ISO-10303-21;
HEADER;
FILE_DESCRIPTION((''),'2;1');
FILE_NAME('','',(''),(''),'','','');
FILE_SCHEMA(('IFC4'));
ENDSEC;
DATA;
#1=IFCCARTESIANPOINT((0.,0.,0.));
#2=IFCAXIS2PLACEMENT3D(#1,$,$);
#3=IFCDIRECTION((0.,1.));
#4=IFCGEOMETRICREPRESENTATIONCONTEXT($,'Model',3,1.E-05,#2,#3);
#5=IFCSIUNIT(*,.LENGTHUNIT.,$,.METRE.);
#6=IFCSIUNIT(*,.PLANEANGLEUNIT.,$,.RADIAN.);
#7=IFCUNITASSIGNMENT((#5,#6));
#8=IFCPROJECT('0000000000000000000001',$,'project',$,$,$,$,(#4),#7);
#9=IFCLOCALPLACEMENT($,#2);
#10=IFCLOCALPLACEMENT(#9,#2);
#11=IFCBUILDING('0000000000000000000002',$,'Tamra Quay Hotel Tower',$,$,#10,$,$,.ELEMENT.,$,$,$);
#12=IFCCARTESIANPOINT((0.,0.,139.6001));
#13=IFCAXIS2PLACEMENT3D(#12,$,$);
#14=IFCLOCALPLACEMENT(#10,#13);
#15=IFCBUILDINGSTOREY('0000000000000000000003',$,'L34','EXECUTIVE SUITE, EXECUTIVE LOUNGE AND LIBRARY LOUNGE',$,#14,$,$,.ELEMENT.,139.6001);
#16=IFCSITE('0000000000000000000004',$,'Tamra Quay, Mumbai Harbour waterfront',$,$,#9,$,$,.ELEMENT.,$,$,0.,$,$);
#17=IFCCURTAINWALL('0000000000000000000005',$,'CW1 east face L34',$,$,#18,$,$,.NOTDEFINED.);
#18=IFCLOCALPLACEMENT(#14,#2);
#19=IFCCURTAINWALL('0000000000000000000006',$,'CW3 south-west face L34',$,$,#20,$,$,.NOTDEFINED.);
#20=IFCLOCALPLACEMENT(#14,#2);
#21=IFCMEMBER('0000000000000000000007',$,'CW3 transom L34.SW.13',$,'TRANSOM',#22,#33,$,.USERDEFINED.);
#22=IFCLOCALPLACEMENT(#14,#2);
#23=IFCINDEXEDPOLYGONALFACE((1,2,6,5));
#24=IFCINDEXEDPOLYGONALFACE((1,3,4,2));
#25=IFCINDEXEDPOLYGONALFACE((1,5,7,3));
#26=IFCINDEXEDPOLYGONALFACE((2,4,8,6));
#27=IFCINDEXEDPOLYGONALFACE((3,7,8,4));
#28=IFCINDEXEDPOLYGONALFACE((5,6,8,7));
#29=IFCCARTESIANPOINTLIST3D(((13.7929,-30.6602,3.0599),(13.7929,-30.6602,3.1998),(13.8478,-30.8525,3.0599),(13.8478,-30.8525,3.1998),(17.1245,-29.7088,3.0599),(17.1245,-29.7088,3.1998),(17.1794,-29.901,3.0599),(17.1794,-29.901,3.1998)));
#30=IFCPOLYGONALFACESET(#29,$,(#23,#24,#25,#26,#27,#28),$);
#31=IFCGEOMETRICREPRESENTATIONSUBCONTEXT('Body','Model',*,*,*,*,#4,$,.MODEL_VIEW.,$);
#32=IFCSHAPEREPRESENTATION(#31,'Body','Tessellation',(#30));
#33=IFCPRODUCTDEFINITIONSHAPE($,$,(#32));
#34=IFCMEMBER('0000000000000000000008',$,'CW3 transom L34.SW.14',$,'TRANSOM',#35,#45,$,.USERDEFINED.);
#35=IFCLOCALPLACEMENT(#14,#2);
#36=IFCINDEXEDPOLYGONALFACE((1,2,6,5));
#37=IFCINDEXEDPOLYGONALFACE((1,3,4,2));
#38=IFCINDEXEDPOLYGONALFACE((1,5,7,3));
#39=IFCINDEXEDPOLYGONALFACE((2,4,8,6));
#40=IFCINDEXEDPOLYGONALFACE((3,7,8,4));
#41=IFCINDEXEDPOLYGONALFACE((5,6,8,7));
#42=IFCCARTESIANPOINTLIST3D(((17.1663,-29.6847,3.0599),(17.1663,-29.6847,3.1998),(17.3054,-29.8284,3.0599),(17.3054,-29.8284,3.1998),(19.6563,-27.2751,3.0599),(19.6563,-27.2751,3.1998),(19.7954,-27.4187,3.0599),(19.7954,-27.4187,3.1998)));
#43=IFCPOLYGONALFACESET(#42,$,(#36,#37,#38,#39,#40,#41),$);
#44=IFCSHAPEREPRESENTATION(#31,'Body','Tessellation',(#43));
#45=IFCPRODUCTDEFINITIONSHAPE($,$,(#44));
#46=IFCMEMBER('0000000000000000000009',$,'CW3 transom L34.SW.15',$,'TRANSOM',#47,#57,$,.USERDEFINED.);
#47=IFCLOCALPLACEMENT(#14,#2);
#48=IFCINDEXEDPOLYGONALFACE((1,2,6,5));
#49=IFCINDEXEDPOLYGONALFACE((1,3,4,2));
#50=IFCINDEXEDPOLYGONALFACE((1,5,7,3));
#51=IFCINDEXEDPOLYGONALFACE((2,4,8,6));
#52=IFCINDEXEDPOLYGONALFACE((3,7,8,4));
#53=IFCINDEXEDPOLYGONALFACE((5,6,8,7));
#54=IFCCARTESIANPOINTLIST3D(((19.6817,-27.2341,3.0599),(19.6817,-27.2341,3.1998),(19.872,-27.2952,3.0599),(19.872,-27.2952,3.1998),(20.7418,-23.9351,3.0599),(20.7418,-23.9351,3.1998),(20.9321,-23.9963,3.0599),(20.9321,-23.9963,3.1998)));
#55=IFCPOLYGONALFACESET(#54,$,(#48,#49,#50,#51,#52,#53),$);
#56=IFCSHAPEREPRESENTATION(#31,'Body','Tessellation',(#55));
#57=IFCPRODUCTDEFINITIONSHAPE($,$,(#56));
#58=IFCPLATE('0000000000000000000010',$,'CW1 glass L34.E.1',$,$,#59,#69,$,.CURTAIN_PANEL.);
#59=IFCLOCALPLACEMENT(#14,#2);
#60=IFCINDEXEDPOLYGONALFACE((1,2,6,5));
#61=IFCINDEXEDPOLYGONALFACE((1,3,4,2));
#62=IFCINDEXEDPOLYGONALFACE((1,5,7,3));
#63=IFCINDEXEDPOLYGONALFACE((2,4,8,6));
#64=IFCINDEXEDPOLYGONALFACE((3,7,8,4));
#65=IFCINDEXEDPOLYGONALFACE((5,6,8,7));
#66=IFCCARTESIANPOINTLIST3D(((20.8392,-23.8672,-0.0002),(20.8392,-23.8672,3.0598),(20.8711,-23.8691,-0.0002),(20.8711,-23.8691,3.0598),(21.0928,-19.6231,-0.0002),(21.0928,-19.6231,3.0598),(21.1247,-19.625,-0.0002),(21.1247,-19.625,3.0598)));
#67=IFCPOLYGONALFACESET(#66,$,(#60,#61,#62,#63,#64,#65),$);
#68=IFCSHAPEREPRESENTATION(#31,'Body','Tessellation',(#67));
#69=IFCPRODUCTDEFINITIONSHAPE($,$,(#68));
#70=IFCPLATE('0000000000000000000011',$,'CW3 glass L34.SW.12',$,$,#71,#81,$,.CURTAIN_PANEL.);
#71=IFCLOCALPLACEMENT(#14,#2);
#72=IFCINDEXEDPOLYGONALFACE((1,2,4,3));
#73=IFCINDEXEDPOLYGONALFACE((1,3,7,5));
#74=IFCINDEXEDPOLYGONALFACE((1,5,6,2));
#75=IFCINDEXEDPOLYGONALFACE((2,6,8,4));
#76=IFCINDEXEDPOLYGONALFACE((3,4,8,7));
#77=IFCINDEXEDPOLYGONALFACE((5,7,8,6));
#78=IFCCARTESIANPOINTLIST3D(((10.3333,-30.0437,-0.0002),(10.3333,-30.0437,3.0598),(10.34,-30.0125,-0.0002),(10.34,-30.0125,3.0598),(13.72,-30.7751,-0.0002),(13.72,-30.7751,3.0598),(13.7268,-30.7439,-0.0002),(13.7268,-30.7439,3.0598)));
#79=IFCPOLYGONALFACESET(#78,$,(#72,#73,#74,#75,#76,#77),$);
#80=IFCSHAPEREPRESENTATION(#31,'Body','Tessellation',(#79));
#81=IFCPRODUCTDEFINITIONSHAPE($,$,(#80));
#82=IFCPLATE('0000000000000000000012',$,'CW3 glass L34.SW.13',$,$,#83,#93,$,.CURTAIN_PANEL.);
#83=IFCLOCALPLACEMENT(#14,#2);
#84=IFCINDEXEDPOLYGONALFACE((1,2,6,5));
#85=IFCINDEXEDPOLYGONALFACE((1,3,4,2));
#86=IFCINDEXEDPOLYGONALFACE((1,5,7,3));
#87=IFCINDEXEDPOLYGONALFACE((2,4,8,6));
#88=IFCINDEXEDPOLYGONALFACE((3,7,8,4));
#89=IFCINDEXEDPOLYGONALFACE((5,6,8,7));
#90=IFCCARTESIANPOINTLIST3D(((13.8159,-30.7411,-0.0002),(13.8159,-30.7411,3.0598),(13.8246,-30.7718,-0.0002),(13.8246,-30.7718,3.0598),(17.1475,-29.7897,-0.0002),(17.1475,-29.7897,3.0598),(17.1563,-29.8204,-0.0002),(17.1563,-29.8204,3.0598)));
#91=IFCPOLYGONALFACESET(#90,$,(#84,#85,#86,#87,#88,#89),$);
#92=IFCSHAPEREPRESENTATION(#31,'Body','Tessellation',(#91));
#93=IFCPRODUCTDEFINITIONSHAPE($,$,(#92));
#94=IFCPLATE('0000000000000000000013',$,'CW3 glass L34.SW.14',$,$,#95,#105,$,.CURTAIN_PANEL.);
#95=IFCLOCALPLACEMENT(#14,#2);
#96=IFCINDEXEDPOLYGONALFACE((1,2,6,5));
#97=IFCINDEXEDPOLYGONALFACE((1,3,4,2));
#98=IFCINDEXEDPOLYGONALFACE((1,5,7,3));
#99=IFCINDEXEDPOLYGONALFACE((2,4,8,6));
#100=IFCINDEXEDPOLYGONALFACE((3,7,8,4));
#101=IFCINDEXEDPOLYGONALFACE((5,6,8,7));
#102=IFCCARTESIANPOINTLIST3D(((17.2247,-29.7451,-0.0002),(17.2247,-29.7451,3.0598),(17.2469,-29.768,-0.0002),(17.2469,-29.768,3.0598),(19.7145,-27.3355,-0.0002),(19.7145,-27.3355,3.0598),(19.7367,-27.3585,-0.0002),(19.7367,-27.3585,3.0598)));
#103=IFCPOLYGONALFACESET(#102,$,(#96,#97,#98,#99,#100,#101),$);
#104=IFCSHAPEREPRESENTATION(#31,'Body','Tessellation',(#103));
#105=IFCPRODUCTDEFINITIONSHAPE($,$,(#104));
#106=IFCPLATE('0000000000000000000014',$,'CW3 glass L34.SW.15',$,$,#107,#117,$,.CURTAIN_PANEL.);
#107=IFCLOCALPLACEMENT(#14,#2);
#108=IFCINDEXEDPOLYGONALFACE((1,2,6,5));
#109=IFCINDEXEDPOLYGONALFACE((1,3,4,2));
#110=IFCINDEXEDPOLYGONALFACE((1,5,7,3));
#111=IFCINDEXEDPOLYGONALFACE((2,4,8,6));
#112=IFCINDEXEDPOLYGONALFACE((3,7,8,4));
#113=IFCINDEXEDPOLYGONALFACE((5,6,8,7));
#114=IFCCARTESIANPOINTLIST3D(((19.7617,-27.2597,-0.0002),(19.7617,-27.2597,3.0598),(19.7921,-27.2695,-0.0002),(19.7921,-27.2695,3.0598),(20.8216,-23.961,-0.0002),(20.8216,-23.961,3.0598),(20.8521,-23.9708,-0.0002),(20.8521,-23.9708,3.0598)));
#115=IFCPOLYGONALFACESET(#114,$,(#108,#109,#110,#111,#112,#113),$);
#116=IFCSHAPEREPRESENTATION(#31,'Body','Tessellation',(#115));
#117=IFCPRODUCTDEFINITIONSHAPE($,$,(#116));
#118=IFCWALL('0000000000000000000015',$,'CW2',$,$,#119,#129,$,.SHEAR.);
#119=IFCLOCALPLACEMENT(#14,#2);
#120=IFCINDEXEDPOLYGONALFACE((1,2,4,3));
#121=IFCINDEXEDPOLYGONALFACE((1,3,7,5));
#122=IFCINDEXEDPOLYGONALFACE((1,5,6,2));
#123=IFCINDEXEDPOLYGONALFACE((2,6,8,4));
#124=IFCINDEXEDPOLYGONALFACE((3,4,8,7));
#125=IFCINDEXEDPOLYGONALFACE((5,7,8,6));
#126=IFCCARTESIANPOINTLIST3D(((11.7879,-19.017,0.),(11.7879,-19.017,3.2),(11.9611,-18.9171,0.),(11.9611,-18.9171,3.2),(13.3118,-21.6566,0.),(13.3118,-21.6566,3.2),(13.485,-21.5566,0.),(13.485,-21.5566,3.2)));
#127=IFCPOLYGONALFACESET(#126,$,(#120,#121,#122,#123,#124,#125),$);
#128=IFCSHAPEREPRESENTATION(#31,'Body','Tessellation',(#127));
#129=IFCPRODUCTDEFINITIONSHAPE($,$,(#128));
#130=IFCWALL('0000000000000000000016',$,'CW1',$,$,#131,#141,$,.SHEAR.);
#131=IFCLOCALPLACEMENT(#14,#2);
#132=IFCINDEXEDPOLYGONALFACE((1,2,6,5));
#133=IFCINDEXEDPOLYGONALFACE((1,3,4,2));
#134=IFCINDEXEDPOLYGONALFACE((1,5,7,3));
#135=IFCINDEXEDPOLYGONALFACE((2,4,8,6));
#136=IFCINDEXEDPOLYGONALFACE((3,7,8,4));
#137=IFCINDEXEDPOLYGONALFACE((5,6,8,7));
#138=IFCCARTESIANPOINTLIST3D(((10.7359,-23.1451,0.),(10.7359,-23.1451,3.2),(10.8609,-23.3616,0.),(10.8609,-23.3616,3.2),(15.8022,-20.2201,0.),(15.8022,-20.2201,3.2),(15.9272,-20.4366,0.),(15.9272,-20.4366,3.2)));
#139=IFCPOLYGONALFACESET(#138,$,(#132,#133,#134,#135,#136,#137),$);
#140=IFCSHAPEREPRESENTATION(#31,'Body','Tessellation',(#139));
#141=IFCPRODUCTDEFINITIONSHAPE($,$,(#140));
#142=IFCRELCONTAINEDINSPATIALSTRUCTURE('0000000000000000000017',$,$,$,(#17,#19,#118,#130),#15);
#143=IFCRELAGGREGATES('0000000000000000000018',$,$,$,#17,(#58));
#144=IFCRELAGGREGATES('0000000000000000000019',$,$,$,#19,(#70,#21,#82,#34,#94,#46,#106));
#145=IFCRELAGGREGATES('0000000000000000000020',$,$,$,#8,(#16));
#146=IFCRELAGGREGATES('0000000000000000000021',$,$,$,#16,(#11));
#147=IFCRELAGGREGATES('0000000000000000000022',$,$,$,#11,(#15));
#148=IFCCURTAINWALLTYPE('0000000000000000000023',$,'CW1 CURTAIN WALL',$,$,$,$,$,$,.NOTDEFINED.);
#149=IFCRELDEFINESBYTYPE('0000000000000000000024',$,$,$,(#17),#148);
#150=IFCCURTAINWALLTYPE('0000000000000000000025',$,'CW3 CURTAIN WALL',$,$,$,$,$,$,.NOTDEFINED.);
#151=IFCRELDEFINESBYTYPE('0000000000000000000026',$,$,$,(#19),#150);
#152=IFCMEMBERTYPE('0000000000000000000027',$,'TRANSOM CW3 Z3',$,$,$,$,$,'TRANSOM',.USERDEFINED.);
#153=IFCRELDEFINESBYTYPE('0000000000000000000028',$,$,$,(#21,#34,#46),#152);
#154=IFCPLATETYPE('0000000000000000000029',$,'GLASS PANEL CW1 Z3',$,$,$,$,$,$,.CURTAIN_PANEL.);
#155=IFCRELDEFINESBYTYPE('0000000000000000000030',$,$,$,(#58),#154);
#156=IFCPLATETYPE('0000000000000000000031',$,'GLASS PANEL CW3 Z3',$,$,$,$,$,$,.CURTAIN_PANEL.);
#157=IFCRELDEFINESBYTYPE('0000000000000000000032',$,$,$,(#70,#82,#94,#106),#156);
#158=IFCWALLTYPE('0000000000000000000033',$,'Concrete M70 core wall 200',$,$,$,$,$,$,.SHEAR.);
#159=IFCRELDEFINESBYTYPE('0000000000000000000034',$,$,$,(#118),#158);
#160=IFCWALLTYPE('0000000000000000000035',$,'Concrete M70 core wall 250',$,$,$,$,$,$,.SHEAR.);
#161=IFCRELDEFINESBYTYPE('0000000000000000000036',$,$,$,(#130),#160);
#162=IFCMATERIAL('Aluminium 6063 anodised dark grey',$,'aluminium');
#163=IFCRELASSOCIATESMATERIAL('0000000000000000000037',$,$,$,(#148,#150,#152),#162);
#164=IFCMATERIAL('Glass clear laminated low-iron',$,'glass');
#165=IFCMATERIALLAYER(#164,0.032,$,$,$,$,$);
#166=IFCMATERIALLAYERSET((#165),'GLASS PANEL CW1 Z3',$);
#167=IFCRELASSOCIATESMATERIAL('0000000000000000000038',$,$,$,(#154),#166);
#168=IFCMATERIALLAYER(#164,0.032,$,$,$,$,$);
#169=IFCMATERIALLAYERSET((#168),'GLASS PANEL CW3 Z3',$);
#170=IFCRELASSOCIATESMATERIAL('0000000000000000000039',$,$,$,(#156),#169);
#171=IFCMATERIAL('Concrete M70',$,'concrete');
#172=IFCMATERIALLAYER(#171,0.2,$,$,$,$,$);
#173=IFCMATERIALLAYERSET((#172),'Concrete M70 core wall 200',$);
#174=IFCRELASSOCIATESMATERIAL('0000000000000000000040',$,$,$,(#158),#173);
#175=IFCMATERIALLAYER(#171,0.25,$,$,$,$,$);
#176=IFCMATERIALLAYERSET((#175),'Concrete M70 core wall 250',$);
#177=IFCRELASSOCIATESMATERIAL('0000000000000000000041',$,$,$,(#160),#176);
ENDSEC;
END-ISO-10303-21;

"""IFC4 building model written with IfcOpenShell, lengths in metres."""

from ifc_helpers import new_model, si_unit, direction, frame, frame_2d, origin, origin_2d, place, context, subcontext, project, spatial, rectangle, extrude, material, layer, layer_set, material_profile, profile_set, type_object, element, aggregate, save


model = new_model("IFC4")

# Units and contexts
model_context = context("Model", 3, precision=1e-05, world=origin(), true_north=direction((0.0, 1.0)))
body_context = subcontext(model_context, "Body", "Model", "MODEL_VIEW")
ifc_project = project(units=[si_unit("LENGTHUNIT", "METRE"), si_unit("PLANEANGLEUNIT", "RADIAN")], contexts=[model_context])

# Site, building, storey
site_placement = place(None, origin())
site = spatial("IfcSite", under=ifc_project, at=site_placement, Name="Tamra Quay, Mumbai Harbour waterfront", CompositionType="ELEMENT", RefElevation=0.0)
building_placement = place(site_placement, origin())
building = spatial("IfcBuilding", under=site, at=building_placement, Name="Tamra Quay Hotel Tower", CompositionType="ELEMENT")
storey_placement = place(building_placement, frame((0.0, 0.0, 139.6001)))
storey = spatial("IfcBuildingStorey", under=building, at=storey_placement, Name="L34", Description="EXECUTIVE SUITE, EXECUTIVE LOUNGE AND LIBRARY LOUNGE", CompositionType="ELEMENT", Elevation=139.6001)

# Shared definitions
ifc_material_1 = material(Name="Concrete M70", Category="concrete")

# Curtain walls
ifc_material_2 = material(Name="Aluminium 6063 anodised dark grey", Category="aluminium")
curtain_wall_type_1 = type_object("IfcCurtainWallType", Name="CW1 CURTAIN WALL", PredefinedType="NOTDEFINED", material=ifc_material_2)
curtain_wall_1_placement = place(storey_placement, origin())
curtain_wall_1 = element("IfcCurtainWall", 1, at=curtain_wall_1_placement, inside=storey, type_object=curtain_wall_type_1, Name="CW1 east face L34", PredefinedType="NOTDEFINED")
curtain_wall_type_2 = type_object("IfcCurtainWallType", Name="CW3 CURTAIN WALL", PredefinedType="NOTDEFINED", material=ifc_material_2)
curtain_wall_2_placement = place(storey_placement, origin())
curtain_wall_2 = element("IfcCurtainWall", 2, at=curtain_wall_2_placement, inside=storey, type_object=curtain_wall_type_2, Name="CW3 south-west face L34", PredefinedType="NOTDEFINED")

# Members
ifc_material_profile_1 = material_profile(ifc_material_2, rectangle(XDim=0.2, YDim=0.1399, at=origin_2d()), Name="TRANSOM 200X140")
ifc_profile_set_1 = profile_set([ifc_material_profile_1], Name="Aluminium 6063 anodised dark grey")
member_type_1 = type_object("IfcMemberType", Name="TRANSOM CW3 Z3", ElementType="TRANSOM", PredefinedType="USERDEFINED", material=ifc_profile_set_1)
member_1_placement = place(storey_placement, frame((13.8203, -30.7563, 3.1299), z_axis=(0.961559, 0.2746, 0.0), x_axis=(-0.2746, 0.961559, 0.0)))
member_1 = element("IfcMember", 3, at=member_1_placement, type_object=member_type_1, Name="CW3 transom L34.SW.13", ObjectType="TRANSOM", PredefinedType="USERDEFINED", context=body_context, shape_type="SweptSolid", body=[
    extrude(rectangle(XDim=0.2, YDim=0.1399, at=origin_2d()), origin(), (0.0, 0.0, 1.0), 3.4648),
])
member_2_placement = place(storey_placement, frame((17.2358, -29.7566, 3.1299), z_axis=(0.718602, 0.695421, 0.0), x_axis=(-0.695421, 0.718602, 0.0)))
member_2 = element("IfcMember", 4, at=member_2_placement, type_object=member_type_1, Name="CW3 transom L34.SW.14", ObjectType="TRANSOM", PredefinedType="USERDEFINED", context=body_context, shape_type="SweptSolid", body=[
    extrude(rectangle(XDim=0.2, YDim=0.1399, at=origin_2d()), origin(), (0.0, 0.0, 1.0), 3.4651),
])
member_3_placement = place(storey_placement, frame((19.7769, -27.2646, 3.1299), z_axis=(0.305936, 0.952052, 0.0), x_axis=(-0.952052, 0.305936, 0.0)))
member_3 = element("IfcMember", 5, at=member_3_placement, type_object=member_type_1, Name="CW3 transom L34.SW.15", ObjectType="TRANSOM", PredefinedType="USERDEFINED", context=body_context, shape_type="SweptSolid", body=[
    extrude(rectangle(XDim=0.2, YDim=0.1399, at=origin_2d()), origin(), (0.0, 0.0, 1.0), 3.4651),
])

# Plates
ifc_material_3 = material(Name="Glass clear laminated low-iron", Category="glass")
ifc_layer_1 = layer(ifc_material_3, 0.032)
ifc_layer_set_1 = layer_set([ifc_layer_1], Name="GLASS PANEL CW1 Z3")
plate_type_1 = type_object("IfcPlateType", Name="GLASS PANEL CW1 Z3", PredefinedType="CURTAIN_PANEL", material=ifc_layer_set_1)
plate_1_placement = place(storey_placement, frame((20.9819, -21.7461, -0.0002), z_axis=(0.0, 0.0, 1.0), x_axis=(0.059642, 0.99822, 0.0)))
plate_1 = element("IfcPlate", 6, at=plate_1_placement, type_object=plate_type_1, Name="CW1 glass L34.E.1", PredefinedType="CURTAIN_PANEL", context=body_context, shape_type="SweptSolid", body=[
    extrude(rectangle(XDim=4.2517, YDim=0.032, at=origin_2d()), origin(), (0.0, 0.0, 1.0), 3.0601),
])
aggregate(curtain_wall_1, [plate_1])
ifc_layer_2 = layer(ifc_material_3, 0.032)
ifc_layer_set_2 = layer_set([ifc_layer_2], Name="GLASS PANEL CW3 Z3")
plate_type_2 = type_object("IfcPlateType", Name="GLASS PANEL CW3 Z3", PredefinedType="CURTAIN_PANEL", material=ifc_layer_set_2)
plate_2_placement = place(storey_placement, frame((12.03, -30.3938, -0.0002), z_axis=(0.0, 0.0, 1.0), x_axis=(0.977465, -0.211099, 0.0)))
plate_2 = element("IfcPlate", 7, at=plate_2_placement, type_object=plate_type_2, Name="CW3 glass L34.SW.12", PredefinedType="CURTAIN_PANEL", context=body_context, shape_type="SweptSolid", body=[
    extrude(rectangle(XDim=3.4648, YDim=0.032, at=origin_2d()), origin(), (0.0, 0.0, 1.0), 3.0601),
])
plate_3_placement = place(storey_placement, frame((15.4861, -30.2808, -0.0002), z_axis=(0.0, 0.0, 1.0), x_axis=(0.961561, 0.274593, 0.0)))
plate_3 = element("IfcPlate", 8, at=plate_3_placement, type_object=plate_type_2, Name="CW3 glass L34.SW.13", PredefinedType="CURTAIN_PANEL", context=body_context, shape_type="SweptSolid", body=[
    extrude(rectangle(XDim=3.4648, YDim=0.032, at=origin_2d()), origin(), (0.0, 0.0, 1.0), 3.0601),
])
plate_4_placement = place(storey_placement, frame((18.4807, -28.5518, -0.0002), z_axis=(0.0, 0.0, 1.0), x_axis=(0.718584, 0.69544, 0.0)))
plate_4 = element("IfcPlate", 9, at=plate_4_placement, type_object=plate_type_2, Name="CW3 glass L34.SW.14", PredefinedType="CURTAIN_PANEL", context=body_context, shape_type="SweptSolid", body=[
    extrude(rectangle(XDim=3.4648, YDim=0.032, at=origin_2d()), origin(), (0.0, 0.0, 1.0), 3.0601),
])
plate_5_placement = place(storey_placement, frame((20.3069, -25.6152, -0.0002), z_axis=(0.0, 0.0, 1.0), x_axis=(0.305915, 0.952059, 0.0)))
plate_5 = element("IfcPlate", 10, at=plate_5_placement, type_object=plate_type_2, Name="CW3 glass L34.SW.15", PredefinedType="CURTAIN_PANEL", context=body_context, shape_type="SweptSolid", body=[
    extrude(rectangle(XDim=3.4648, YDim=0.032, at=origin_2d()), origin(), (0.0, 0.0, 1.0), 3.0601),
])
aggregate(curtain_wall_2, [plate_2, member_1, plate_3, member_2, plate_4, member_3, plate_5])

# Walls
ifc_layer_3 = layer(ifc_material_1, 0.2)
ifc_layer_set_3 = layer_set([ifc_layer_3], Name="Concrete M70 core wall 200")
wall_type_1 = type_object("IfcWallType", Name="Concrete M70 core wall 200", PredefinedType="SHEAR", material=ifc_layer_set_3)
wall_1_placement = place(storey_placement, frame((11.8745, -18.967, 0.0), z_axis=(0.0, 0.0, 1.0), x_axis=(0.499981, -0.866036, 0.0)))
element("IfcWall", 11, at=wall_1_placement, inside=storey, type_object=wall_type_1, Name="CW2", PredefinedType="SHEAR", context=body_context, shape_type="SweptSolid", body=[
    extrude(rectangle(XDim=3.0479, YDim=0.2, at=frame_2d((1.5239, 0.0))), origin(), (0.0, 0.0, 1.0), 3.2),
])
ifc_layer_4 = layer(ifc_material_1, 0.25)
ifc_layer_set_4 = layer_set([ifc_layer_4], Name="Concrete M70 core wall 250")
wall_type_2 = type_object("IfcWallType", Name="Concrete M70 core wall 250", PredefinedType="SHEAR", material=ifc_layer_set_4)
wall_2_placement = place(storey_placement, frame((15.8647, -20.3284, 0.0), z_axis=(0.0, 0.0, 1.0), x_axis=(-0.866029, -0.499995, 0.0)))
element("IfcWall", 12, at=wall_2_placement, inside=storey, type_object=wall_type_2, Name="CW1", PredefinedType="SHEAR", context=body_context, shape_type="SweptSolid", body=[
    extrude(rectangle(XDim=5.8501, YDim=0.25, at=frame_2d((2.925, 0.0))), origin(), (0.0, 0.0, 1.0), 3.2),
])

save(model, "model.ifc")
